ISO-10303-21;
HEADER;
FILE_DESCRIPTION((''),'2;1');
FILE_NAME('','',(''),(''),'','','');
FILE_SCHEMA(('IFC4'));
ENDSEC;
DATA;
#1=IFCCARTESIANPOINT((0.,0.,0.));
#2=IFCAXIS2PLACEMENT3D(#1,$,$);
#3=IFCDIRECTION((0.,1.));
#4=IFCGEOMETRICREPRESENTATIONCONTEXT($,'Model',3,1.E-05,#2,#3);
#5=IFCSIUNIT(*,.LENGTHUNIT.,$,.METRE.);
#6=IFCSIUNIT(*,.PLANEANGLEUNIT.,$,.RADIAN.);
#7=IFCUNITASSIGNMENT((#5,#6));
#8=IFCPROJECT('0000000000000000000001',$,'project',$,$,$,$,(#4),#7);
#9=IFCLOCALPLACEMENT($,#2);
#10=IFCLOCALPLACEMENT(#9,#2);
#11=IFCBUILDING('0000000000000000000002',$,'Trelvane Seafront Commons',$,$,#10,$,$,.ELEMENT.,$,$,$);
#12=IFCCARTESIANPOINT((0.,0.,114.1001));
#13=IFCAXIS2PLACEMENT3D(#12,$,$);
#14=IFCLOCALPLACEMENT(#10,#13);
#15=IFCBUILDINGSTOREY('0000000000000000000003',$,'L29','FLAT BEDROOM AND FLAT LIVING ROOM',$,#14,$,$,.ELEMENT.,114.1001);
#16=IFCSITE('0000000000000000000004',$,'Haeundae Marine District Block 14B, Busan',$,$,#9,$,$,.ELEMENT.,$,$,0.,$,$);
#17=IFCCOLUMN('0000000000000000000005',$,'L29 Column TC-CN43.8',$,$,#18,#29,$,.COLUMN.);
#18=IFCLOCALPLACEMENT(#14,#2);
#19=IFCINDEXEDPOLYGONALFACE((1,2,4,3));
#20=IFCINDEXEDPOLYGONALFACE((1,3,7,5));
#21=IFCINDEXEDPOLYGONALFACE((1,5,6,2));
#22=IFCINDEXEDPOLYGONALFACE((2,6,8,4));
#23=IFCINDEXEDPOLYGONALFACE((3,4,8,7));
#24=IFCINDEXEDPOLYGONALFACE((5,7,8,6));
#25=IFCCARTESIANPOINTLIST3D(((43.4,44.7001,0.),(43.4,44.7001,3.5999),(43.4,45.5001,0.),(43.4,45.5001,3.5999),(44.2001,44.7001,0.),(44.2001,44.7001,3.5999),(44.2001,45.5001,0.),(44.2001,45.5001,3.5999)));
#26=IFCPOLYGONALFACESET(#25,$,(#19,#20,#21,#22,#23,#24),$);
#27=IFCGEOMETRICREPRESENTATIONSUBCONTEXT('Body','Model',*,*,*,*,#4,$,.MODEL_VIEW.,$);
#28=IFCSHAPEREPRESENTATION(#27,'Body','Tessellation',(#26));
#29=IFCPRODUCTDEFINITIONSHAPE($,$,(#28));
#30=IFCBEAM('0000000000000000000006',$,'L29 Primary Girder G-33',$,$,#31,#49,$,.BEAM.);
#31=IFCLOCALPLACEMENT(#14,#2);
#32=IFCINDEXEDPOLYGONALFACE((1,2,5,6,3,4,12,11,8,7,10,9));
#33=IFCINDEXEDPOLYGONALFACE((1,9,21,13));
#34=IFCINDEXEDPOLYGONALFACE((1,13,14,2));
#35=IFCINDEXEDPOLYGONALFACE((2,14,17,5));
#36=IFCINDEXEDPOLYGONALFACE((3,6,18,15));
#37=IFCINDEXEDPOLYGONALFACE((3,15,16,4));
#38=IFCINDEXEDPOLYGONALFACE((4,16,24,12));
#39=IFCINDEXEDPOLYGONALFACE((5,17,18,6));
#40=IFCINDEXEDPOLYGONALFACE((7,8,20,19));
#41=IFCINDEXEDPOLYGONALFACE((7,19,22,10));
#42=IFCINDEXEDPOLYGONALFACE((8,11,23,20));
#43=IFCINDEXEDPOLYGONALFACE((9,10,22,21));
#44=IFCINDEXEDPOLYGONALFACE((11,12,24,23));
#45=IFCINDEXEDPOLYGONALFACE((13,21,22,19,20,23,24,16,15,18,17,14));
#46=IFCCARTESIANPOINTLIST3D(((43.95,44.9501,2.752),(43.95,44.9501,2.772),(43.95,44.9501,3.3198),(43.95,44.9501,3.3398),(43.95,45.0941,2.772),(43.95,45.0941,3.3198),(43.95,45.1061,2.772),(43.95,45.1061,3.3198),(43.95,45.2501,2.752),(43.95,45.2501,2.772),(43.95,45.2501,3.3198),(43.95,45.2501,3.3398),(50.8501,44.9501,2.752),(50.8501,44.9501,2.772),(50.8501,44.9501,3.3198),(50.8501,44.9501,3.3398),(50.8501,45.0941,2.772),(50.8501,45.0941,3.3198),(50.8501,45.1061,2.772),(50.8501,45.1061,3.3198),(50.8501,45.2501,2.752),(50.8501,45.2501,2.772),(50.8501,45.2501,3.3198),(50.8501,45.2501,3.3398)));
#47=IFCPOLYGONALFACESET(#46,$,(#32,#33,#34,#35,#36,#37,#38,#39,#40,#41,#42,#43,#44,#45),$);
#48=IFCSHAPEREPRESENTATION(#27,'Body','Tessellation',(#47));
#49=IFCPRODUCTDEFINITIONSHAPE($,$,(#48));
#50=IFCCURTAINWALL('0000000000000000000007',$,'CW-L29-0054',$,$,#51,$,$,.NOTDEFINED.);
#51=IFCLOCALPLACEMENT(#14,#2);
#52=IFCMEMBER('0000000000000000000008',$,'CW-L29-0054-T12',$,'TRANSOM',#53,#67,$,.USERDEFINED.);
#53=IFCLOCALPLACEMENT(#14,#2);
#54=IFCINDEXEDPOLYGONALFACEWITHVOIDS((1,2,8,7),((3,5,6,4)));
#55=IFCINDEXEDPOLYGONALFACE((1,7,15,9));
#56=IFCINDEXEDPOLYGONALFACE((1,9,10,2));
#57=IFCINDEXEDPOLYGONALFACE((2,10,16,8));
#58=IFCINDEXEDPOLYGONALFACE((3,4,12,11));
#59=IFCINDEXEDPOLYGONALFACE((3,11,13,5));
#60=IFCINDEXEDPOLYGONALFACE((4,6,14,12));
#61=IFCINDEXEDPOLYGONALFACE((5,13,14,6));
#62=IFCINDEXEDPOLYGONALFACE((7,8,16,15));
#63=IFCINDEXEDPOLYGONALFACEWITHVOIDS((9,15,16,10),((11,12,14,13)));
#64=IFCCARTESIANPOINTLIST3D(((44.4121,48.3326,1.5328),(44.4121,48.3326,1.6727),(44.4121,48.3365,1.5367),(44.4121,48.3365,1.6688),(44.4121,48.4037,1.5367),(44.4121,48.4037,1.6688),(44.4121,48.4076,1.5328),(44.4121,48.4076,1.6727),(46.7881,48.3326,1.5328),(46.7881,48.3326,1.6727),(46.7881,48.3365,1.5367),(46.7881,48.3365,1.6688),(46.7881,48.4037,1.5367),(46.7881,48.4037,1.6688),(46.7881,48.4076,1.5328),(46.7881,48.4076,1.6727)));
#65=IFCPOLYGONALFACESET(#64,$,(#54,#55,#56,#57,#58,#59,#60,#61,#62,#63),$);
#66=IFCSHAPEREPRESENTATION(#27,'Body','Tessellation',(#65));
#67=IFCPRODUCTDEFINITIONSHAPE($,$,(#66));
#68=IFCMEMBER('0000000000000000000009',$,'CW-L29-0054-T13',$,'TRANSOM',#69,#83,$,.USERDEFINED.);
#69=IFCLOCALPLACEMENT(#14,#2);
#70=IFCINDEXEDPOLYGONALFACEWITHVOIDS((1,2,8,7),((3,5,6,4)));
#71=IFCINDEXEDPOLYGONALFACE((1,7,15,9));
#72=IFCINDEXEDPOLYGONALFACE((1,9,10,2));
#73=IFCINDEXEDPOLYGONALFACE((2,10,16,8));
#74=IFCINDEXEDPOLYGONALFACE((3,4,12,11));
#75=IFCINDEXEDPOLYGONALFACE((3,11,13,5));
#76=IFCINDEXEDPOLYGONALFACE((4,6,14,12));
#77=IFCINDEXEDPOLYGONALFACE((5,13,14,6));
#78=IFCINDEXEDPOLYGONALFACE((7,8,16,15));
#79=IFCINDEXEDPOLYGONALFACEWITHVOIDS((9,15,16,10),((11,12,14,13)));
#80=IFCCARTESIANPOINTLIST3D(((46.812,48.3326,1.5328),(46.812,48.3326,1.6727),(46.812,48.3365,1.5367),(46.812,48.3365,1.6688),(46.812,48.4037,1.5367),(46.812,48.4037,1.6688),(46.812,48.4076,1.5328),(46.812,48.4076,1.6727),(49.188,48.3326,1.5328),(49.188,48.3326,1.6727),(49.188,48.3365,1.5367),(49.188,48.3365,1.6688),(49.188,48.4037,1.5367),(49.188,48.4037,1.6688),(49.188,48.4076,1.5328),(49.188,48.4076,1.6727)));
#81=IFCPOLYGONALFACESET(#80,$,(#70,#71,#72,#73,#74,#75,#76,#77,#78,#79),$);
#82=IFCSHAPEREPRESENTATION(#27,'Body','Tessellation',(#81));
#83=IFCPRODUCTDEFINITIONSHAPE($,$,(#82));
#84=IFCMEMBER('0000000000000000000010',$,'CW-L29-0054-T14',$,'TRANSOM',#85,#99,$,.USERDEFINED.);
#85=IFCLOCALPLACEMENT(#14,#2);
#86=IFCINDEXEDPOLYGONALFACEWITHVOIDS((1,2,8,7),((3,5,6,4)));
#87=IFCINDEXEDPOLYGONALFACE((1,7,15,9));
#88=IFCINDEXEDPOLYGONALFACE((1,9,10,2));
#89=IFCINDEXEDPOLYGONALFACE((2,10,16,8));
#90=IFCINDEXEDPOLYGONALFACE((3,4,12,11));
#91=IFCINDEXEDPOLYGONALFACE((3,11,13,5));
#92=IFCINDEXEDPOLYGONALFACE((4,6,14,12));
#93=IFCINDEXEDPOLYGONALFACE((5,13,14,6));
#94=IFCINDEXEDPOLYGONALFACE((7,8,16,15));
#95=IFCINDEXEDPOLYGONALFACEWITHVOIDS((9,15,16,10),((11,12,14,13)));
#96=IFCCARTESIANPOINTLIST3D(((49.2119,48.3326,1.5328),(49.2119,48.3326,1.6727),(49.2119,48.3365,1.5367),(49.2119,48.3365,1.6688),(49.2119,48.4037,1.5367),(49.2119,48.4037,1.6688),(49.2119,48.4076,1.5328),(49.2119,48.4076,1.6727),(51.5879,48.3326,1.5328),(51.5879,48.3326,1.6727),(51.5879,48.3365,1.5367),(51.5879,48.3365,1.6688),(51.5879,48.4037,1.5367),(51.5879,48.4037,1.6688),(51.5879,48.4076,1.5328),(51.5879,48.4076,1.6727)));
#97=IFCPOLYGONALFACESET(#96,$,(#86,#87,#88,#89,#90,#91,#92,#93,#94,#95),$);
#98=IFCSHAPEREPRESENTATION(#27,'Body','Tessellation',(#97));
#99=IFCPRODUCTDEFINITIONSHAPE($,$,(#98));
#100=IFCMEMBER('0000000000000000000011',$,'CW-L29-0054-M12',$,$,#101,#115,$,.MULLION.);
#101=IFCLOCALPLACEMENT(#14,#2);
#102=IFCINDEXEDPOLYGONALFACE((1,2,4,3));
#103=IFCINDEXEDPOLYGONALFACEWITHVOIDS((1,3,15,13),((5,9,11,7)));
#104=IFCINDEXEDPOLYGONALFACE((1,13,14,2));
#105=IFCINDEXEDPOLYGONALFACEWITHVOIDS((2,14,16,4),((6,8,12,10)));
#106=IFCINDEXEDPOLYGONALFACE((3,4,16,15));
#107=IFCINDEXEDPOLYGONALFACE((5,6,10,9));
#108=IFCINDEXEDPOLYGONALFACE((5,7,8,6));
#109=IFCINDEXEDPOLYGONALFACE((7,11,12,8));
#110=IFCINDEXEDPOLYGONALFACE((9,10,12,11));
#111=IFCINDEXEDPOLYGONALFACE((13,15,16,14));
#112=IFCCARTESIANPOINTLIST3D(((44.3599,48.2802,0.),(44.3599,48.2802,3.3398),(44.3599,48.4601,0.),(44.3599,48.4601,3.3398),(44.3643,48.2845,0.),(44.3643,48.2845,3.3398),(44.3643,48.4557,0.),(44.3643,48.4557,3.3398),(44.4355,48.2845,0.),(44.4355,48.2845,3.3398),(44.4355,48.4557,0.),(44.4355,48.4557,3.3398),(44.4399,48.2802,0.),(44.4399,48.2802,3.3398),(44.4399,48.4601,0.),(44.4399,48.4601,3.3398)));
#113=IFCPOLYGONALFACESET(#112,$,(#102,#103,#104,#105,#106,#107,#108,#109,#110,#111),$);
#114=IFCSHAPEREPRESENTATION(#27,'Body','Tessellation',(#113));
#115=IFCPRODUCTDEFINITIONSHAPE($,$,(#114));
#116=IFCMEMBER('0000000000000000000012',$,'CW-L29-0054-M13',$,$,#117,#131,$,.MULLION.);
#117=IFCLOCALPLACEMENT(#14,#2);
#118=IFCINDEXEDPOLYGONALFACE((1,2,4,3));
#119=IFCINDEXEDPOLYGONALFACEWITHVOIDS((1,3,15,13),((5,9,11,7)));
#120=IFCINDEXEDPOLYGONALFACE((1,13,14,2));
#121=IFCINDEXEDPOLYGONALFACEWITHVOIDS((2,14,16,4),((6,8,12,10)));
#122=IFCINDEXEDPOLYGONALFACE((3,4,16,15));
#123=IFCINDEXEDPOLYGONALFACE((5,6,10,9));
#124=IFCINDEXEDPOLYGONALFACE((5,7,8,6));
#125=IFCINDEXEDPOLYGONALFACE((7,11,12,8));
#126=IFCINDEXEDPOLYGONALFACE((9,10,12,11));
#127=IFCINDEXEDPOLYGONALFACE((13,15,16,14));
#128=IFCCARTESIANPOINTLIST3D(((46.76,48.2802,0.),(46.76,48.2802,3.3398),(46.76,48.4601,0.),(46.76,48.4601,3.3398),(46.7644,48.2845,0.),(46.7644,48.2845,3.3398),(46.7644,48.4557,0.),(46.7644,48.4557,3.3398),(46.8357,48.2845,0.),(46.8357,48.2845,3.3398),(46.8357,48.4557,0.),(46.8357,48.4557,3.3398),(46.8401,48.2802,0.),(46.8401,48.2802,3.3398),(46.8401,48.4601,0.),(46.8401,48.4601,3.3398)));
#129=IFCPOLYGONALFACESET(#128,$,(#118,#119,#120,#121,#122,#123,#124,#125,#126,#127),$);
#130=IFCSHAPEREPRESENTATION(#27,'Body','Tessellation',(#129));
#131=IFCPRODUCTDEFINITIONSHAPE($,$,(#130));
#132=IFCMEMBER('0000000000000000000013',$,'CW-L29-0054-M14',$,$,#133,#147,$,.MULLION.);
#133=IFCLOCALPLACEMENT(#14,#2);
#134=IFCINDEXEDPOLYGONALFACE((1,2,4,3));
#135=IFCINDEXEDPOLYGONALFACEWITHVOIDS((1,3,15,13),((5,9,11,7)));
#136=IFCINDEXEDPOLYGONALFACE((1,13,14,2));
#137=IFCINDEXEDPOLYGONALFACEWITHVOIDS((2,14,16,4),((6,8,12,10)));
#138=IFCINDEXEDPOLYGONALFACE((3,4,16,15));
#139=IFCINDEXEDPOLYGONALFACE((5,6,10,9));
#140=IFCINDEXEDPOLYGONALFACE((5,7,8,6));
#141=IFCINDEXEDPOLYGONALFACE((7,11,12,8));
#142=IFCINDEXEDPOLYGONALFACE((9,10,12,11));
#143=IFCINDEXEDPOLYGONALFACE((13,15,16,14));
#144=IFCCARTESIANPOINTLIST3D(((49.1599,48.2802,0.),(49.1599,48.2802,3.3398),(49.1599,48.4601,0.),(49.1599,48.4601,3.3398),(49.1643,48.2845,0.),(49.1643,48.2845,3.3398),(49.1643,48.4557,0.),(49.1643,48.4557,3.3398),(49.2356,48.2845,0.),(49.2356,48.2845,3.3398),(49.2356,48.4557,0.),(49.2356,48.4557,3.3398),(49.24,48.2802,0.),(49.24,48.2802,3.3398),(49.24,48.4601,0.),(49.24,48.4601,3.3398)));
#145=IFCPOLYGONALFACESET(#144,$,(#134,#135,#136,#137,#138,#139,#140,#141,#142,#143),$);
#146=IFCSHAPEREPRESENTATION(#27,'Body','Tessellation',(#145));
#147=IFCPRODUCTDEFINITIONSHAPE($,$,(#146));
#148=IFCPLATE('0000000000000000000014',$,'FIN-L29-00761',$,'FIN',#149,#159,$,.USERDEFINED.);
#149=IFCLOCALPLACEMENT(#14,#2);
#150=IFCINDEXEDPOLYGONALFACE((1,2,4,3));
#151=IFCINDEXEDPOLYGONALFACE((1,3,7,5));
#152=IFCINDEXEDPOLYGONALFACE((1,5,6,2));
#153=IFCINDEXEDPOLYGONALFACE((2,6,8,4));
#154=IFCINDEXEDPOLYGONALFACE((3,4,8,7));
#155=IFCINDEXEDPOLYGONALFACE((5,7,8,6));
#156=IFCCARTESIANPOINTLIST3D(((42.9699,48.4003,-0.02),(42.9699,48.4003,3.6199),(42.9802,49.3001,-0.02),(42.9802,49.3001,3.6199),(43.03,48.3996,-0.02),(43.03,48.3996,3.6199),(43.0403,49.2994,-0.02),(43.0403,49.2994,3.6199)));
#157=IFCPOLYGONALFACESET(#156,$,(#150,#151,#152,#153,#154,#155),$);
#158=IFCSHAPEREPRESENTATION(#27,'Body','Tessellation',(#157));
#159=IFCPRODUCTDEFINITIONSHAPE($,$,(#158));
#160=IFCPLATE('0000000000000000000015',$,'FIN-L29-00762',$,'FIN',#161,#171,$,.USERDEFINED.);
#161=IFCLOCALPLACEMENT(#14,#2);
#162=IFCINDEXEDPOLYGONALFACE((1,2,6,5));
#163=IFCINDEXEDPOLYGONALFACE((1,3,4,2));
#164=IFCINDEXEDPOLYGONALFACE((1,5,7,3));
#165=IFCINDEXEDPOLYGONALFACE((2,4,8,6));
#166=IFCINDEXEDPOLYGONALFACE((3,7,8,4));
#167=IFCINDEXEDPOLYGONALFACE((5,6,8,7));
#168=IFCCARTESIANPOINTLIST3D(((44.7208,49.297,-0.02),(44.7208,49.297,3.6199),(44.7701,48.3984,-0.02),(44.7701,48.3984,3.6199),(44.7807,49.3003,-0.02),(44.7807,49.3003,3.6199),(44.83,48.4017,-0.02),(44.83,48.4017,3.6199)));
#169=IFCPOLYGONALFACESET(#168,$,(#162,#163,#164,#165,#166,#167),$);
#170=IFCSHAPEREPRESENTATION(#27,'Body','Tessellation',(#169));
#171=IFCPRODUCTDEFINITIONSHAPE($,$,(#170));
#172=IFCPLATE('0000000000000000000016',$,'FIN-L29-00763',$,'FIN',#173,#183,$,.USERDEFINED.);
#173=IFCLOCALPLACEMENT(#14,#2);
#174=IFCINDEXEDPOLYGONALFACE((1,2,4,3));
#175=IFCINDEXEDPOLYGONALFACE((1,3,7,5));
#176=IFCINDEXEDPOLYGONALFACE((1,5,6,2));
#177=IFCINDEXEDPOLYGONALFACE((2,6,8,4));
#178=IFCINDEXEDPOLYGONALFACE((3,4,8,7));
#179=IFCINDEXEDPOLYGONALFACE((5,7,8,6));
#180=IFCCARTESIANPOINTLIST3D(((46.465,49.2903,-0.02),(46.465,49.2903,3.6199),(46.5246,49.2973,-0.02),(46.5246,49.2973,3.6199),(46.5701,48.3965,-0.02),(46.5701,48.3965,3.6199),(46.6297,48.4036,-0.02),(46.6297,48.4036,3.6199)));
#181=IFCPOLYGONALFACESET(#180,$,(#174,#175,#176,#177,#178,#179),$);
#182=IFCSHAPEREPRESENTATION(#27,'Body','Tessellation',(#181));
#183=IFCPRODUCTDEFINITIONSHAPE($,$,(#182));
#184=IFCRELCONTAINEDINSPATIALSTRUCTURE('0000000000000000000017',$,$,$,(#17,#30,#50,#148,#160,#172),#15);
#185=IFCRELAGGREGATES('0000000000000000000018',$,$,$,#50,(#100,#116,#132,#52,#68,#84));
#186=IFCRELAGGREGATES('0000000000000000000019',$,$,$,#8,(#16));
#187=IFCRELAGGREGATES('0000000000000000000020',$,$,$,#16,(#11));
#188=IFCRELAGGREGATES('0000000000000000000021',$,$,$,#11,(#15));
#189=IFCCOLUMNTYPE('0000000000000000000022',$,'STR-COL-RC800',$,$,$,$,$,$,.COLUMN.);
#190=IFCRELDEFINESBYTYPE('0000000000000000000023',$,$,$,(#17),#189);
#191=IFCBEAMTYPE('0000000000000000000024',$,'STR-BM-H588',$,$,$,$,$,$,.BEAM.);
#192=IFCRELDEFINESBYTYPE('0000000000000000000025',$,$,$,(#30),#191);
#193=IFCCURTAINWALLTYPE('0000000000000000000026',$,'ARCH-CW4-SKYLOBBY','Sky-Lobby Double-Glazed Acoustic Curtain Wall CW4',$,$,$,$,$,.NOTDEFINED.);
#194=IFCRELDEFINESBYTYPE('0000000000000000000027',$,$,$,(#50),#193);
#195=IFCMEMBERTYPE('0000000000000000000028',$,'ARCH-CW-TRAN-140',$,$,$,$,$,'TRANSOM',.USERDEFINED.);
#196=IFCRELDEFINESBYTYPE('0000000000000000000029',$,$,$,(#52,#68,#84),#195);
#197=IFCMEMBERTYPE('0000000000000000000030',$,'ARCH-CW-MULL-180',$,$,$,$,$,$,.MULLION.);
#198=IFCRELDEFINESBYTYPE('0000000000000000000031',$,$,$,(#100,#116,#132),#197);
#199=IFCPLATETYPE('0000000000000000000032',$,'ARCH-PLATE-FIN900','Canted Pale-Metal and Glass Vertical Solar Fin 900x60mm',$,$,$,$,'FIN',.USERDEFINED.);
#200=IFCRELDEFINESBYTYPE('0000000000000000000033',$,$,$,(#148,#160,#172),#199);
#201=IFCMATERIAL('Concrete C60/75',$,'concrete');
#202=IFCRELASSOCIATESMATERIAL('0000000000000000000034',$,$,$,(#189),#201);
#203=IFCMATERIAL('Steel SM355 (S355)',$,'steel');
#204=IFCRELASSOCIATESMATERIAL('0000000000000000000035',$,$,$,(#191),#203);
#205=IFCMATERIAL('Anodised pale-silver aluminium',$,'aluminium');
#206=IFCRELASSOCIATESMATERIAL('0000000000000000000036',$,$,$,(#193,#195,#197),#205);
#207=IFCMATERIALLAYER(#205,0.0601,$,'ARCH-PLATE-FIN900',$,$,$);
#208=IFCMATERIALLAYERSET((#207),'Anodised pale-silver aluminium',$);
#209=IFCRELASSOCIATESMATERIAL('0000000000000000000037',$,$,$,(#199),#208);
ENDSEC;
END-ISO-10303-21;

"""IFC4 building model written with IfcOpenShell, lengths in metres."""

from ifc_helpers import new_model, si_unit, direction, frame, origin, origin_2d, place, context, subcontext, project, spatial, rectangle, hollow_rectangle, i_section, extrude, source, transform, mapped, material, layer, layer_set, material_profile, profile_set, type_object, element, aggregate, save


model = new_model("IFC4")

# Units and contexts
model_context = context("Model", 3, precision=1e-05, world=origin(), true_north=direction((0.0, 1.0)))
body_context = subcontext(model_context, "Body", "Model", "MODEL_VIEW")
ifc_project = project(units=[si_unit("LENGTHUNIT", "METRE"), si_unit("PLANEANGLEUNIT", "RADIAN")], contexts=[model_context])

# Site, building, storey
site_placement = place(None, origin())
site = spatial("IfcSite", under=ifc_project, at=site_placement, Name="Haeundae Marine District Block 14B, Busan", CompositionType="ELEMENT", RefElevation=0.0)
building_placement = place(site_placement, origin())
building = spatial("IfcBuilding", under=site, at=building_placement, Name="Trelvane Seafront Commons", CompositionType="ELEMENT")
storey_placement = place(building_placement, frame((0.0, 0.0, 114.1001)))
storey = spatial("IfcBuildingStorey", under=building, at=storey_placement, Name="L29", Description="FLAT BEDROOM AND FLAT LIVING ROOM", CompositionType="ELEMENT", Elevation=114.1001)

# Column
ifc_material_1 = material(Name="Concrete C60/75", Category="concrete")
ifc_material_profile_1 = material_profile(ifc_material_1, rectangle(XDim=0.8, YDim=0.8, at=origin_2d()), Name="RC-800x800")
ifc_profile_set_1 = profile_set([ifc_material_profile_1], Name="Concrete C60/75")
column_type = type_object("IfcColumnType", Name="STR-COL-RC800", PredefinedType="COLUMN", material=ifc_profile_set_1)
shared_shape_1 = source(origin(), body_context, "Body", "SweptSolid", [
    extrude(rectangle(XDim=0.8, YDim=0.8, at=origin_2d()), origin(), (0.0, 0.0, 1.0), 3.5999),
])
column_placement = place(storey_placement, frame((43.8, 45.1001, 0.0), z_axis=(0.0, 0.0, 1.0), x_axis=(1.0, 0.0, 0.0)))
element("IfcColumn", 1, at=column_placement, inside=storey, type_object=column_type, Name="L29 Column TC-CN43.8", PredefinedType="COLUMN", context=body_context, shape_type="MappedRepresentation", body=[
    mapped(shared_shape_1, transform((0.0, 0.0, 0.0), x_axis=(1.0, 0.0, 0.0), y_axis=(0.0, 1.0, 0.0), z_axis=(0.0, 0.0, 1.0), scale=1.0)),
])

# Beam
ifc_material_2 = material(Name="Steel SM355 (S355)", Category="steel")
ifc_material_profile_2 = material_profile(ifc_material_2, i_section(OverallWidth=0.3, OverallDepth=0.5879, WebThickness=0.012, FlangeThickness=0.02, at=origin_2d()), Name="H-588x300x12x20")
ifc_profile_set_2 = profile_set([ifc_material_profile_2], Name="Steel SM355 (S355)")
beam_type = type_object("IfcBeamType", Name="STR-BM-H588", PredefinedType="BEAM", material=ifc_profile_set_2)
shared_shape_2 = source(origin(), body_context, "Body", "SweptSolid", [
    extrude(i_section(OverallWidth=0.3, OverallDepth=0.5879, WebThickness=0.012, FlangeThickness=0.02, at=origin_2d()), origin(), (0.0, 0.0, 1.0), 6.9001),
])
beam_placement = place(storey_placement, frame((43.95, 45.1001, 3.0459), z_axis=(1.0, 0.0, 0.0), x_axis=(0.0, 1.0, 0.0)))
element("IfcBeam", 2, at=beam_placement, inside=storey, type_object=beam_type, Name="L29 Primary Girder G-33", PredefinedType="BEAM", context=body_context, shape_type="MappedRepresentation", body=[
    mapped(shared_shape_2, transform((0.0, 0.0, 0.0), x_axis=(1.0, 0.0, 0.0), y_axis=(0.0, 1.0, 0.0), z_axis=(0.0, 0.0, 1.0), scale=1.0)),
])

# Curtain wall, members
ifc_material_3 = material(Name="Anodised pale-silver aluminium", Category="aluminium")
curtain_wall_type = type_object("IfcCurtainWallType", Name="ARCH-CW4-SKYLOBBY", Description="Sky-Lobby Double-Glazed Acoustic Curtain Wall CW4", PredefinedType="NOTDEFINED", material=ifc_material_3)
curtain_wall_placement = place(storey_placement, origin())
curtain_wall = element("IfcCurtainWall", 3, at=curtain_wall_placement, inside=storey, type_object=curtain_wall_type, Name="CW-L29-0054", PredefinedType="NOTDEFINED")
ifc_material_profile_3 = material_profile(ifc_material_3, hollow_rectangle(XDim=0.075, YDim=0.1399, WallThickness=0.0039, at=origin_2d()), Name="TRAN-75x140x4")
ifc_profile_set_3 = profile_set([ifc_material_profile_3], Name="Anodised pale-silver aluminium")
member_type_1 = type_object("IfcMemberType", Name="ARCH-CW-TRAN-140", ElementType="TRANSOM", PredefinedType="USERDEFINED", material=ifc_profile_set_3)
shared_shape_3 = source(origin(), body_context, "Body", "SweptSolid", [
    extrude(hollow_rectangle(XDim=0.075, YDim=0.1399, WallThickness=0.0039, at=origin_2d()), origin(), (0.0, 0.0, 1.0), 2.376),
])
member_1_placement = place(storey_placement, frame((44.4121, 48.3701, 1.6028), z_axis=(1.0, 0.0, 0.0), x_axis=(0.0, 1.0, 0.0)))
member_1 = element("IfcMember", 4, at=member_1_placement, type_object=member_type_1, Name="CW-L29-0054-T12", ObjectType="TRANSOM", PredefinedType="USERDEFINED", context=body_context, shape_type="MappedRepresentation", body=[
    mapped(shared_shape_3, transform((0.0, 0.0, 0.0), x_axis=(1.0, 0.0, 0.0), y_axis=(0.0, 1.0, 0.0), z_axis=(0.0, 0.0, 1.0), scale=1.0)),
])
member_2_placement = place(storey_placement, frame((46.812, 48.3701, 1.6028), z_axis=(1.0, 0.0, 0.0), x_axis=(0.0, 1.0, 0.0)))
member_2 = element("IfcMember", 5, at=member_2_placement, type_object=member_type_1, Name="CW-L29-0054-T13", ObjectType="TRANSOM", PredefinedType="USERDEFINED", context=body_context, shape_type="MappedRepresentation", body=[
    mapped(shared_shape_3, transform((0.0, 0.0, 0.0), x_axis=(1.0, 0.0, 0.0), y_axis=(0.0, 1.0, 0.0), z_axis=(0.0, 0.0, 1.0), scale=1.0)),
])
member_3_placement = place(storey_placement, frame((49.2119, 48.3701, 1.6028), z_axis=(1.0, 0.0, 0.0), x_axis=(0.0, 1.0, 0.0)))
member_3 = element("IfcMember", 6, at=member_3_placement, type_object=member_type_1, Name="CW-L29-0054-T14", ObjectType="TRANSOM", PredefinedType="USERDEFINED", context=body_context, shape_type="MappedRepresentation", body=[
    mapped(shared_shape_3, transform((0.0, 0.0, 0.0), x_axis=(1.0, 0.0, 0.0), y_axis=(0.0, 1.0, 0.0), z_axis=(0.0, 0.0, 1.0), scale=1.0)),
])
ifc_material_profile_4 = material_profile(ifc_material_3, hollow_rectangle(XDim=0.0801, YDim=0.1799, WallThickness=0.0044, at=origin_2d()), Name="MULL-80x180x4.5")
ifc_profile_set_4 = profile_set([ifc_material_profile_4], Name="Anodised pale-silver aluminium")
member_type_2 = type_object("IfcMemberType", Name="ARCH-CW-MULL-180", PredefinedType="MULLION", material=ifc_profile_set_4)
shared_shape_4 = source(origin(), body_context, "Body", "SweptSolid", [
    extrude(hollow_rectangle(XDim=0.0801, YDim=0.1799, WallThickness=0.0044, at=origin_2d()), origin(), (0.0, 0.0, 1.0), 3.3398),
])
member_4_placement = place(storey_placement, frame((44.3999, 48.3701, 0.0), z_axis=(0.0, 0.0, 1.0), x_axis=(1.0, 0.0, 0.0)))
member_4 = element("IfcMember", 7, at=member_4_placement, type_object=member_type_2, Name="CW-L29-0054-M12", PredefinedType="MULLION", context=body_context, shape_type="MappedRepresentation", body=[
    mapped(shared_shape_4, transform((0.0, 0.0, 0.0), x_axis=(1.0, 0.0, 0.0), y_axis=(0.0, 1.0, 0.0), z_axis=(0.0, 0.0, 1.0), scale=1.0)),
])
member_5_placement = place(storey_placement, frame((46.8, 48.3701, 0.0), z_axis=(0.0, 0.0, 1.0), x_axis=(1.0, 0.0, 0.0)))
member_5 = element("IfcMember", 8, at=member_5_placement, type_object=member_type_2, Name="CW-L29-0054-M13", PredefinedType="MULLION", context=body_context, shape_type="MappedRepresentation", body=[
    mapped(shared_shape_4, transform((0.0, 0.0, 0.0), x_axis=(1.0, 0.0, 0.0), y_axis=(0.0, 1.0, 0.0), z_axis=(0.0, 0.0, 1.0), scale=1.0)),
])
member_6_placement = place(storey_placement, frame((49.2, 48.3701, 0.0), z_axis=(0.0, 0.0, 1.0), x_axis=(1.0, 0.0, 0.0)))
member_6 = element("IfcMember", 9, at=member_6_placement, type_object=member_type_2, Name="CW-L29-0054-M14", PredefinedType="MULLION", context=body_context, shape_type="MappedRepresentation", body=[
    mapped(shared_shape_4, transform((0.0, 0.0, 0.0), x_axis=(1.0, 0.0, 0.0), y_axis=(0.0, 1.0, 0.0), z_axis=(0.0, 0.0, 1.0), scale=1.0)),
])

# Plates
ifc_layer_1 = layer(ifc_material_3, 0.0601, Name="ARCH-PLATE-FIN900")
ifc_layer_set_1 = layer_set([ifc_layer_1], Name="Anodised pale-silver aluminium")
plate_type_1 = type_object("IfcPlateType", Name="ARCH-PLATE-FIN900", Description="Canted Pale-Metal and Glass Vertical Solar Fin 900x60mm", ElementType="FIN", PredefinedType="USERDEFINED", material=ifc_layer_set_1)
shared_shape_5 = source(origin(), body_context, "Body", "SweptSolid", [
    extrude(rectangle(XDim=0.8999, YDim=0.0601, at=origin_2d()), origin(), (0.0, 0.0, 1.0), 3.6399),
])
for number, where, z_axis, x_axis, name in (
    (10, (43.0051, 48.8499, -0.02), (0.0, 0.0, 1.0), (0.011446, 0.999934, 0.0), "FIN-L29-00761"),
    (11, (44.7754, 48.8494, -0.02), (0.0, 0.0, 1.0), (-0.054781, 0.998498, 0.0), "FIN-L29-00762"),
    (12, (46.5474, 48.8469, -0.02), (0.0, 0.0, 1.0), (-0.116783, 0.993157, 0.0), "FIN-L29-00763"),
):
    element("IfcPlate", number, at=place(storey_placement, frame(where, z_axis=z_axis, x_axis=x_axis)), inside=storey, type_object=plate_type_1, Name=name, ObjectType="FIN", PredefinedType="USERDEFINED", context=body_context, shape_type="MappedRepresentation", body=[
        mapped(shared_shape_5, transform((0.0, 0.0, 0.0), x_axis=(1.0, 0.0, 0.0), y_axis=(0.0, 1.0, 0.0), z_axis=(0.0, 0.0, 1.0), scale=1.0)),
    ])

aggregate(curtain_wall, [member_4, member_5, member_6, member_1, member_2, member_3])

save(model, "model.ifc")
